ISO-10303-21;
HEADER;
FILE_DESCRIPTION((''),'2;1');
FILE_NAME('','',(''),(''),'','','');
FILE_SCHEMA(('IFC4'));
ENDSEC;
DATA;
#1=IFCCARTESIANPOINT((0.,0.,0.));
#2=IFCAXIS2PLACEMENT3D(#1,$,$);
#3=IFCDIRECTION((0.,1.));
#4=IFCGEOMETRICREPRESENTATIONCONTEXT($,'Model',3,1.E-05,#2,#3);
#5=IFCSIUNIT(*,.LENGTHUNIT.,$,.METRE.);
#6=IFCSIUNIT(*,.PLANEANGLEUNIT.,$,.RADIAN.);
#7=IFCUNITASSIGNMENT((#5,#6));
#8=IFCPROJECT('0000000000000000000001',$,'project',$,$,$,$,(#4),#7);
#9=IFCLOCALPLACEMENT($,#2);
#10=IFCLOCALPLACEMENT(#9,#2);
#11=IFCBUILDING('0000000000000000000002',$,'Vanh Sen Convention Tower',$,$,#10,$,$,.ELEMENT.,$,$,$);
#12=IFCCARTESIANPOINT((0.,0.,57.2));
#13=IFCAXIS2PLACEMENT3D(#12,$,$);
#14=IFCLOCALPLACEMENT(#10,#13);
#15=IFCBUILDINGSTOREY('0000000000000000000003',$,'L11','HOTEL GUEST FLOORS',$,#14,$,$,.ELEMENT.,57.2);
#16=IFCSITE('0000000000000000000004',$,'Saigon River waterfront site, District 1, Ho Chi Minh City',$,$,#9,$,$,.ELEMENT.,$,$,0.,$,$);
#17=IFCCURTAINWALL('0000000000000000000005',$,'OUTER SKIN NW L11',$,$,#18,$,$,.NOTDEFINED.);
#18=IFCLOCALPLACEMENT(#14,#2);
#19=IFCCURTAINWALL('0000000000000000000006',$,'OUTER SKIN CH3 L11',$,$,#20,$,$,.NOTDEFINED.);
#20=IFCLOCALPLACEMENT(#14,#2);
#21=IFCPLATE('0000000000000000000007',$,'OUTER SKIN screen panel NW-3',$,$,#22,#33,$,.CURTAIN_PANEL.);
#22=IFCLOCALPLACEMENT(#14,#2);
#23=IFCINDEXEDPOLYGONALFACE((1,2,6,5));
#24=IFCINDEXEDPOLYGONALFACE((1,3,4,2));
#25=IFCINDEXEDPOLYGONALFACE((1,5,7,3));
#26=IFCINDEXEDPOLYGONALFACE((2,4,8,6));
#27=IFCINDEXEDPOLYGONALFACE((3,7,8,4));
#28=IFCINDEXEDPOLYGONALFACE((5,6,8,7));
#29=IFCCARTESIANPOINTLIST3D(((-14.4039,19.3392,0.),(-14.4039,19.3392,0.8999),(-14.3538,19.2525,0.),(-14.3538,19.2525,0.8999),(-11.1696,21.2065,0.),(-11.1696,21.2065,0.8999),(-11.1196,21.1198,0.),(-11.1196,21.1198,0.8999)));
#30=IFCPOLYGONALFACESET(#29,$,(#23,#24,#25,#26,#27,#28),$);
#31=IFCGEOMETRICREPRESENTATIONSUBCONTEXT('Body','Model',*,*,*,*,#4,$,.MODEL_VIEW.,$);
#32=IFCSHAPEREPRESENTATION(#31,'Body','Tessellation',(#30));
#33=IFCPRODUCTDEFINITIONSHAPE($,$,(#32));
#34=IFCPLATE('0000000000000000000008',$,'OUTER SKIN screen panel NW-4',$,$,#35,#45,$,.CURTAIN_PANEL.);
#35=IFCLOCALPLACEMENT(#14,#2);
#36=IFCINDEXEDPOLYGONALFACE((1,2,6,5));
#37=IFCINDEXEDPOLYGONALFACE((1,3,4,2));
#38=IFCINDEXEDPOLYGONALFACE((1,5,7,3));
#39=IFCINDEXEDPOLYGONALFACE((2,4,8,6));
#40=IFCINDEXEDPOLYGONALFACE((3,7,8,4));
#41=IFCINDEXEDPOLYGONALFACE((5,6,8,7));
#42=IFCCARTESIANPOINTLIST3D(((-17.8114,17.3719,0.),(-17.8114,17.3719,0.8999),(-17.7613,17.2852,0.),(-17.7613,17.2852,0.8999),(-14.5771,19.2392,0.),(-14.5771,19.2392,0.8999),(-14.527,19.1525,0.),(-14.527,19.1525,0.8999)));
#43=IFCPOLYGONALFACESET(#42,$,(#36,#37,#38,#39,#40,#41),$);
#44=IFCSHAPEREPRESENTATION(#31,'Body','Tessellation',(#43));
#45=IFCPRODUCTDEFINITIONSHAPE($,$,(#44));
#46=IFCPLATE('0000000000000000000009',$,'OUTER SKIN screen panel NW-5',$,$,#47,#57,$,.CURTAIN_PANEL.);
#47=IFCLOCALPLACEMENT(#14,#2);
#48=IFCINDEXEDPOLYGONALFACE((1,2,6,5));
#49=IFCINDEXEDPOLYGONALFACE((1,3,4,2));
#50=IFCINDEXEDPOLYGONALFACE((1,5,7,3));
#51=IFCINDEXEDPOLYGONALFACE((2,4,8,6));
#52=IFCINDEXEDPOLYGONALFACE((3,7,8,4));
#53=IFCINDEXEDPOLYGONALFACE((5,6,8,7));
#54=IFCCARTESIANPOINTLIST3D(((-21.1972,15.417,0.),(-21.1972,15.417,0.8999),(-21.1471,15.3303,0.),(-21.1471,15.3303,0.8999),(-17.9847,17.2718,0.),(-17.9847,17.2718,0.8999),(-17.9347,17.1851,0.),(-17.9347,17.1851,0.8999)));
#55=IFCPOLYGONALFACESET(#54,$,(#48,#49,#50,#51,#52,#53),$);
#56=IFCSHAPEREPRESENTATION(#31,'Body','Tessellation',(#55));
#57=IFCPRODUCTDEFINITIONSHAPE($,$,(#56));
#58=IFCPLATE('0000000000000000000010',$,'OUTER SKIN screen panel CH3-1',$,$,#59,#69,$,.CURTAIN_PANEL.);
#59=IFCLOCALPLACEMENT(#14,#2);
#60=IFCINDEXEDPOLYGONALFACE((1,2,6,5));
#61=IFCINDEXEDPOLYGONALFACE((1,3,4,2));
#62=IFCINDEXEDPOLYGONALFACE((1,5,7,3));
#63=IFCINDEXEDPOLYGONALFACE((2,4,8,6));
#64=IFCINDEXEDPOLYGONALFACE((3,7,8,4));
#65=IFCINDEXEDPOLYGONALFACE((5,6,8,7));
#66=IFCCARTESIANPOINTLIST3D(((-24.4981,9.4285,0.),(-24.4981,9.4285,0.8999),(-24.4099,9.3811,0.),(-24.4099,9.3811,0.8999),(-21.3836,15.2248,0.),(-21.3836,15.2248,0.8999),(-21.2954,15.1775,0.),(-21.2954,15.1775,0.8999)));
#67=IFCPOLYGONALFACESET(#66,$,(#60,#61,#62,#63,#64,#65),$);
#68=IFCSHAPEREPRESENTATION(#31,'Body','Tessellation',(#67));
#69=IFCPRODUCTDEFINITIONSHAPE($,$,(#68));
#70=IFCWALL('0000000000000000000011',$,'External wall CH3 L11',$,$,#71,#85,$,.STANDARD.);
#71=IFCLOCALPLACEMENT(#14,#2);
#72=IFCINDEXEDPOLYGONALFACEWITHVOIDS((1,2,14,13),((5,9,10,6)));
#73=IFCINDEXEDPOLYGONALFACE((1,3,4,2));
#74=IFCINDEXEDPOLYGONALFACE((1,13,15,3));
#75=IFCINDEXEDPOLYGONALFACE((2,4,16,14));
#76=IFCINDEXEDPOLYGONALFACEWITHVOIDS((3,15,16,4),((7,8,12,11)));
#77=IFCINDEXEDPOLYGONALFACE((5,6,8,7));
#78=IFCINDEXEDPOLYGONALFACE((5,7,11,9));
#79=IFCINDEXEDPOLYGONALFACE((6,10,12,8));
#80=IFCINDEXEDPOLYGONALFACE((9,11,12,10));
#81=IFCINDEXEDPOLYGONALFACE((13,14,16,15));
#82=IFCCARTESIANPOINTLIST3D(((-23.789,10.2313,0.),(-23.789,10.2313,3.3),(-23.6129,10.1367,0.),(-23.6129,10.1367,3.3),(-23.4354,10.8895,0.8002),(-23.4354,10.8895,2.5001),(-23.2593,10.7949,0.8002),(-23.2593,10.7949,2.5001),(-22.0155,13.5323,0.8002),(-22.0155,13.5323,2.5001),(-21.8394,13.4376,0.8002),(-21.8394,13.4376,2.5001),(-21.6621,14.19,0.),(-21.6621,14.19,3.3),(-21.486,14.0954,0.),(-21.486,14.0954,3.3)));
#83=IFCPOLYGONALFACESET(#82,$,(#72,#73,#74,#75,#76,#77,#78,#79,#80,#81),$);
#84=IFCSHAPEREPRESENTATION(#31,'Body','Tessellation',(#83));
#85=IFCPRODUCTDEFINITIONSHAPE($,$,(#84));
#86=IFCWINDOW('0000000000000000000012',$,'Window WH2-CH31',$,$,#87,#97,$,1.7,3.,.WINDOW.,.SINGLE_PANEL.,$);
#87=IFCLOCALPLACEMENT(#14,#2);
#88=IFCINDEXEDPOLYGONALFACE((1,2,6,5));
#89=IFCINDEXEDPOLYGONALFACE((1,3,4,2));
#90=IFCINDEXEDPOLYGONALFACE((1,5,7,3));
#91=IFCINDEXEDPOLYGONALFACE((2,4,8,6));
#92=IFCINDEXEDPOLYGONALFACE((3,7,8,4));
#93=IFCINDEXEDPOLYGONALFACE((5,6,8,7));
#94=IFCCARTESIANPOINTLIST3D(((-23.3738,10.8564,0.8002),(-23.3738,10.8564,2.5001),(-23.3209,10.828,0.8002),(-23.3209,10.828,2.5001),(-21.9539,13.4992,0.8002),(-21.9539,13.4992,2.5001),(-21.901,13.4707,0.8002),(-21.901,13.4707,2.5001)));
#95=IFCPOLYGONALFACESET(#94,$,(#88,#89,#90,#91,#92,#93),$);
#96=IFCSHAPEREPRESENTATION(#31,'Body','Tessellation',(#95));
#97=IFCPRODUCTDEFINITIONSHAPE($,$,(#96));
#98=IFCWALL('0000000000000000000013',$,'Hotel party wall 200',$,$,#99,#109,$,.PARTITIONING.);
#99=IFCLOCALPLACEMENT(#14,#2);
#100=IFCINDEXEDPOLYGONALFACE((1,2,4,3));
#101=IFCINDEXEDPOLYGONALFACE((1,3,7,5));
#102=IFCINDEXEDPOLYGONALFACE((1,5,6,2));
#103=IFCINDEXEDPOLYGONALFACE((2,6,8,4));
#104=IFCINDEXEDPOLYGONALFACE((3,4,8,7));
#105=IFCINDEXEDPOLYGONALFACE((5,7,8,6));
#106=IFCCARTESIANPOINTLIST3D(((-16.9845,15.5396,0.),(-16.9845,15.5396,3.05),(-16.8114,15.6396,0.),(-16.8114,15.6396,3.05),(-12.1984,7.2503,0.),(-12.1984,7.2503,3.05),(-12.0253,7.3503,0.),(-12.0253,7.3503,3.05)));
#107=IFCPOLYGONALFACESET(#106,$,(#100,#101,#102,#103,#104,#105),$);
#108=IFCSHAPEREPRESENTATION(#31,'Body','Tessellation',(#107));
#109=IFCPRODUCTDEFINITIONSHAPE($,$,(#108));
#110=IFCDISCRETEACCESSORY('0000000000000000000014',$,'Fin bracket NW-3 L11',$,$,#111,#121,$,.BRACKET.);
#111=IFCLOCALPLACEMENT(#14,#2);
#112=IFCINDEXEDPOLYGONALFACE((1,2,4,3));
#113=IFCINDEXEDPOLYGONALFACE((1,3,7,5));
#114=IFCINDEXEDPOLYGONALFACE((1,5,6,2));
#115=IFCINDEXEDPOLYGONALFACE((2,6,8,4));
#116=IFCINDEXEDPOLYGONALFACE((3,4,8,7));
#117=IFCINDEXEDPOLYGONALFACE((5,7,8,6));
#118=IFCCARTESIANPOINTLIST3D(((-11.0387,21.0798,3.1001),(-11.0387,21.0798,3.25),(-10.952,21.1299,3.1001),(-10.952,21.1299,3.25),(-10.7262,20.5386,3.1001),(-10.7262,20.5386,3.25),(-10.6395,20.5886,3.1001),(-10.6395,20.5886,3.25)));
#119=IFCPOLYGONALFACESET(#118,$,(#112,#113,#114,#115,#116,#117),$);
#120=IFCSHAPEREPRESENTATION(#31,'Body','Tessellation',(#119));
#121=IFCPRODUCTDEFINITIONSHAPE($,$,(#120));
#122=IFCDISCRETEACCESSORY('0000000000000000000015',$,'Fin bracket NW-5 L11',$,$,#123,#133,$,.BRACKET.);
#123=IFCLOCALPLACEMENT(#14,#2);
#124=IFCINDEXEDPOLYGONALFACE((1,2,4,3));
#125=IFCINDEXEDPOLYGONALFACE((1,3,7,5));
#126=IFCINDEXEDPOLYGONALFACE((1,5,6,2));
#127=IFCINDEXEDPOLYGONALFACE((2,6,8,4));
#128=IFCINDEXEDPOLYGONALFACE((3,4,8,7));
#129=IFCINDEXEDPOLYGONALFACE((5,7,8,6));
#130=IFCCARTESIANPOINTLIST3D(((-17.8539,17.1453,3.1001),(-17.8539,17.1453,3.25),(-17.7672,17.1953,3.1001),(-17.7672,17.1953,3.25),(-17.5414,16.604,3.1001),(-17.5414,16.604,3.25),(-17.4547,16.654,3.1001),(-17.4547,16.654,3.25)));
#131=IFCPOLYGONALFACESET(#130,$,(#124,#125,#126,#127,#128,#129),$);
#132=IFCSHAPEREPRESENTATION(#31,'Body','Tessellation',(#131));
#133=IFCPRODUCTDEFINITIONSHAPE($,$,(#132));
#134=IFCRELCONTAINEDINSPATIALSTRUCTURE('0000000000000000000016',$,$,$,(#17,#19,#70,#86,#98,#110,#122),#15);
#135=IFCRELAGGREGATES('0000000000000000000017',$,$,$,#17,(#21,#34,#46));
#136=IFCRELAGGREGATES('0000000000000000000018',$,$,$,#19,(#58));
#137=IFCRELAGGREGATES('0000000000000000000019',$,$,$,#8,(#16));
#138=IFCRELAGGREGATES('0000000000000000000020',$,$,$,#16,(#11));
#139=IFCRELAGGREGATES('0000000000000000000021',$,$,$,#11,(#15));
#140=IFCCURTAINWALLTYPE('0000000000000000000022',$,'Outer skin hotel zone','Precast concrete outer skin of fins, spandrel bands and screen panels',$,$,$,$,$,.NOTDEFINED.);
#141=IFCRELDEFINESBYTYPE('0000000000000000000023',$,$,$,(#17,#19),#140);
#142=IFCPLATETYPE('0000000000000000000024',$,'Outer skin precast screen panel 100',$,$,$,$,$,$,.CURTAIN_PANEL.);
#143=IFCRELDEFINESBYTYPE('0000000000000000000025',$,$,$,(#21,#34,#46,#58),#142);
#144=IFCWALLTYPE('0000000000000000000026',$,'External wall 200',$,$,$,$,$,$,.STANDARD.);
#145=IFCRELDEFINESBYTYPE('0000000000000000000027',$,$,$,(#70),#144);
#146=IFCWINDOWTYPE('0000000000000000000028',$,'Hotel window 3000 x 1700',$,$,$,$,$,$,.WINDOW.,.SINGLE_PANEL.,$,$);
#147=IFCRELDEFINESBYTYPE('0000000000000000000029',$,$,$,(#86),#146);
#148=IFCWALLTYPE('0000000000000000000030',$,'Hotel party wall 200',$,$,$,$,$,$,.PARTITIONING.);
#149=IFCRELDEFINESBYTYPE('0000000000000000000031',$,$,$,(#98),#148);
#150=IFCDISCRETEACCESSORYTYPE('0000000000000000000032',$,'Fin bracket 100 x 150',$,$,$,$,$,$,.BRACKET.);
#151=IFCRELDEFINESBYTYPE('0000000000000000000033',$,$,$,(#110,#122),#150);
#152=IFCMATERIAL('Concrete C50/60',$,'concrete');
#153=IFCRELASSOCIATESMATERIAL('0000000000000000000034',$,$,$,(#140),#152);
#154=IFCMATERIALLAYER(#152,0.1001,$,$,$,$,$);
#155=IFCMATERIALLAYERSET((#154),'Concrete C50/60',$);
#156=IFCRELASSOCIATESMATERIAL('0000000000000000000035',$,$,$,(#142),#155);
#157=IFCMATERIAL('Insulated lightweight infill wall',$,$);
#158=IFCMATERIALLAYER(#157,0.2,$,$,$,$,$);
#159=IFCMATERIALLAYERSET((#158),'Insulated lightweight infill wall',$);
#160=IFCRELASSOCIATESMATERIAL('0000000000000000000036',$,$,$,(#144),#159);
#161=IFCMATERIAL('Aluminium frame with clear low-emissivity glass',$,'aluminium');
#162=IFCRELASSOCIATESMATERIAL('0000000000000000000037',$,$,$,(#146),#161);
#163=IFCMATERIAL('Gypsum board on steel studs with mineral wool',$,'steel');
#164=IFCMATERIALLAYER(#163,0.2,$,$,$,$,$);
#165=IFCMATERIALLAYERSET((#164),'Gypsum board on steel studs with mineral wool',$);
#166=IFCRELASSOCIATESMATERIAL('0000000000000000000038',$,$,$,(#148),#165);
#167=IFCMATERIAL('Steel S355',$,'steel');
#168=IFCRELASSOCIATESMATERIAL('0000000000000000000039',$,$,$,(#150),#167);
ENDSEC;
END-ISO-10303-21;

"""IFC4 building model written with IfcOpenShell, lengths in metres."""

from ifc_helpers import new_model, si_unit, direction, frame, frame_2d, origin, origin_2d, place, context, subcontext, project, spatial, rectangle, extrude, material, layer, layer_set, type_object, element, fill, aggregate, save


model = new_model("IFC4")

# Units and contexts
model_context = context("Model", 3, precision=1e-05, world=origin(), true_north=direction((0.0, 1.0)))
body_context = subcontext(model_context, "Body", "Model", "MODEL_VIEW")
ifc_project = project(units=[si_unit("LENGTHUNIT", "METRE"), si_unit("PLANEANGLEUNIT", "RADIAN")], contexts=[model_context])

# Site, building, storey
site_placement = place(None, origin())
site = spatial("IfcSite", under=ifc_project, at=site_placement, Name="Saigon River waterfront site, District 1, Ho Chi Minh City", CompositionType="ELEMENT", RefElevation=0.0)
building_placement = place(site_placement, origin())
building = spatial("IfcBuilding", under=site, at=building_placement, Name="Vanh Sen Convention Tower", CompositionType="ELEMENT")
storey_placement = place(building_placement, frame((0.0, 0.0, 57.2)))
storey = spatial("IfcBuildingStorey", under=building, at=storey_placement, Name="L11", Description="HOTEL GUEST FLOORS", CompositionType="ELEMENT", Elevation=57.2)

# Curtain wall
ifc_material_1 = material(Name="Concrete C50/60", Category="concrete")
curtain_wall_type = type_object("IfcCurtainWallType", Name="Outer skin hotel zone", Description="Precast concrete outer skin of fins, spandrel bands and screen panels", PredefinedType="NOTDEFINED", material=ifc_material_1)
curtain_wall_1_placement = place(storey_placement, origin())
curtain_wall_1 = element("IfcCurtainWall", 1, at=curtain_wall_1_placement, inside=storey, type_object=curtain_wall_type, Name="OUTER SKIN NW L11", PredefinedType="NOTDEFINED")

# Curtain wall
curtain_wall_2_placement = place(storey_placement, origin())
curtain_wall_2 = element("IfcCurtainWall", 2, at=curtain_wall_2_placement, inside=storey, type_object=curtain_wall_type, Name="OUTER SKIN CH3 L11", PredefinedType="NOTDEFINED")

# Plates
ifc_layer_1 = layer(ifc_material_1, 0.1001)
ifc_layer_set_1 = layer_set([ifc_layer_1], Name="Concrete C50/60")
plate_type = type_object("IfcPlateType", Name="Outer skin precast screen panel 100", PredefinedType="CURTAIN_PANEL", material=ifc_layer_set_1)
plate_1_placement = place(storey_placement, frame((-12.7617, 20.2295, 0.0), z_axis=(0.0, 0.0, 1.0), x_axis=(-0.866028, -0.499995, 0.0)))
plate_1 = element("IfcPlate", 3, at=plate_1_placement, type_object=plate_type, Name="OUTER SKIN screen panel NW-3", PredefinedType="CURTAIN_PANEL", context=body_context, shape_type="SweptSolid", body=[
    extrude(rectangle(XDim=3.7346, YDim=0.1001, at=origin_2d()), origin(), (0.0, 0.0, 1.0), 0.8999),
])
plate_2_placement = place(storey_placement, frame((-16.1692, 18.2622, 0.0), z_axis=(0.0, 0.0, 1.0), x_axis=(-0.866028, -0.499995, 0.0)))
plate_2 = element("IfcPlate", 4, at=plate_2_placement, type_object=plate_type, Name="OUTER SKIN screen panel NW-4", PredefinedType="CURTAIN_PANEL", context=body_context, shape_type="SweptSolid", body=[
    extrude(rectangle(XDim=3.7346, YDim=0.1001, at=origin_2d()), origin(), (0.0, 0.0, 1.0), 0.8999),
])
plate_3_placement = place(storey_placement, frame((-19.5659, 16.301, 0.0), z_axis=(0.0, 0.0, 1.0), x_axis=(-0.866021, -0.500008, 0.0)))
plate_3 = element("IfcPlate", 5, at=plate_3_placement, type_object=plate_type, Name="OUTER SKIN screen panel NW-5", PredefinedType="CURTAIN_PANEL", context=body_context, shape_type="SweptSolid", body=[
    extrude(rectangle(XDim=3.7095, YDim=0.1001, at=origin_2d()), origin(), (0.0, 0.0, 1.0), 0.8999),
])
aggregate(curtain_wall_1, [plate_1, plate_2, plate_3])
plate_4_placement = place(storey_placement, frame((-22.8967, 12.303, 0.0), z_axis=(0.0, 0.0, 1.0), x_axis=(-0.473318, -0.880892, 0.0)))
plate_4 = element("IfcPlate", 6, at=plate_4_placement, type_object=plate_type, Name="OUTER SKIN screen panel CH3-1", PredefinedType="CURTAIN_PANEL", context=body_context, shape_type="SweptSolid", body=[
    extrude(rectangle(XDim=6.5801, YDim=0.1001, at=origin_2d()), origin(), (0.0, 0.0, 1.0), 0.8999),
])
aggregate(curtain_wall_2, [plate_4])

# Wall, opening, window
ifc_material_2 = material(Name="Insulated lightweight infill wall")
ifc_layer_2 = layer(ifc_material_2, 0.2)
ifc_layer_set_2 = layer_set([ifc_layer_2], Name="Insulated lightweight infill wall")
wall_type_1 = type_object("IfcWallType", Name="External wall 200", PredefinedType="STANDARD", material=ifc_layer_set_2)
wall_1_placement = place(storey_placement, frame((-21.574, 14.1428, 0.0), z_axis=(0.0, 0.0, 1.0), x_axis=(-0.473293, -0.880905, 0.0)))
wall_1 = element("IfcWall", 7, at=wall_1_placement, inside=storey, type_object=wall_type_1, Name="External wall CH3 L11", PredefinedType="STANDARD", context=body_context, shape_type="SweptSolid", body=[
    extrude(rectangle(XDim=4.4939, YDim=0.2, at=frame_2d((2.2471, 0.0))), origin(), (0.0, 0.0, 1.0), 3.3),
])
opening_placement = place(wall_1_placement, frame((0.7468, 0.0, 0.8)))
opening = element("IfcOpeningElement", 8, at=opening_placement, cuts=wall_1, PredefinedType="OPENING", context=body_context, shape_type="SweptSolid", body=[
    extrude(rectangle(XDim=3.0, YDim=1.7, at=frame_2d((1.5, 0.8501))), frame((0.0, 0.1099, 0.0), z_axis=(0.0, -1.0, 0.0), x_axis=(1.0, 0.0, 0.0)), (0.0, 0.0, 1.0), 0.22),
])
ifc_material_3 = material(Name="Aluminium frame with clear low-emissivity glass", Category="aluminium")
window_type = type_object("IfcWindowType", Name="Hotel window 3000 x 1700", PartitioningType="SINGLE_PANEL", PredefinedType="WINDOW", material=ifc_material_3)
window_placement = place(opening_placement, origin())
window = element("IfcWindow", 9, at=window_placement, inside=storey, type_object=window_type, Name="Window WH2-CH31", OverallHeight=1.7, OverallWidth=3.0, PartitioningType="SINGLE_PANEL", PredefinedType="WINDOW", context=body_context, shape_type="SweptSolid", body=[
    extrude(rectangle(XDim=3.0, YDim=1.7, at=frame_2d((1.5, 0.8501))), frame((0.0, 0.03, 0.0), z_axis=(0.0, -1.0, 0.0), x_axis=(1.0, 0.0, 0.0)), (0.0, 0.0, 1.0), 0.0601),
])
fill(opening, window)

# Wall
ifc_material_4 = material(Name="Gypsum board on steel studs with mineral wool", Category="steel")
ifc_layer_3 = layer(ifc_material_4, 0.2)
ifc_layer_set_3 = layer_set([ifc_layer_3], Name="Gypsum board on steel studs with mineral wool")
wall_type_2 = type_object("IfcWallType", Name="Hotel party wall 200", PredefinedType="PARTITIONING", material=ifc_layer_set_3)
wall_2_placement = place(storey_placement, frame((-16.8979, 15.5896, 0.0), z_axis=(0.0, 0.0, 1.0), x_axis=(0.500023, -0.866012, 0.0)))
element("IfcWall", 10, at=wall_2_placement, inside=storey, type_object=wall_type_2, Name="Hotel party wall 200", PredefinedType="PARTITIONING", context=body_context, shape_type="SweptSolid", body=[
    extrude(rectangle(XDim=9.5718, YDim=0.2, at=frame_2d((4.7859, 0.0))), origin(), (0.0, 0.0, 1.0), 3.05),
])

# Discrete accessories
ifc_material_5 = material(Name="Steel S355", Category="steel")
discrete_accessory_type = type_object("IfcDiscreteAccessoryType", Name="Fin bracket 100 x 150", PredefinedType="BRACKET", material=ifc_material_5)
for number, where, z_axis, x_axis, name in (
    (11, (-10.8391, 20.8342, 3.1001), (0.0, 0.0, 1.0), (-0.5, 0.866025, 0.0), "Fin bracket NW-3 L11"),
    (12, (-17.6543, 16.8997, 3.1001), (0.0, 0.0, 1.0), (-0.5, 0.866025, 0.0), "Fin bracket NW-5 L11"),
):
    element("IfcDiscreteAccessory", number, at=place(storey_placement, frame(where, z_axis=z_axis, x_axis=x_axis)), inside=storey, type_object=discrete_accessory_type, Name=name, PredefinedType="BRACKET", context=body_context, shape_type="SweptSolid", body=[
        extrude(rectangle(XDim=0.625, YDim=0.1001, at=origin_2d()), origin(), (0.0, 0.0, 1.0), 0.1499),
    ])

save(model, "model.ifc")
